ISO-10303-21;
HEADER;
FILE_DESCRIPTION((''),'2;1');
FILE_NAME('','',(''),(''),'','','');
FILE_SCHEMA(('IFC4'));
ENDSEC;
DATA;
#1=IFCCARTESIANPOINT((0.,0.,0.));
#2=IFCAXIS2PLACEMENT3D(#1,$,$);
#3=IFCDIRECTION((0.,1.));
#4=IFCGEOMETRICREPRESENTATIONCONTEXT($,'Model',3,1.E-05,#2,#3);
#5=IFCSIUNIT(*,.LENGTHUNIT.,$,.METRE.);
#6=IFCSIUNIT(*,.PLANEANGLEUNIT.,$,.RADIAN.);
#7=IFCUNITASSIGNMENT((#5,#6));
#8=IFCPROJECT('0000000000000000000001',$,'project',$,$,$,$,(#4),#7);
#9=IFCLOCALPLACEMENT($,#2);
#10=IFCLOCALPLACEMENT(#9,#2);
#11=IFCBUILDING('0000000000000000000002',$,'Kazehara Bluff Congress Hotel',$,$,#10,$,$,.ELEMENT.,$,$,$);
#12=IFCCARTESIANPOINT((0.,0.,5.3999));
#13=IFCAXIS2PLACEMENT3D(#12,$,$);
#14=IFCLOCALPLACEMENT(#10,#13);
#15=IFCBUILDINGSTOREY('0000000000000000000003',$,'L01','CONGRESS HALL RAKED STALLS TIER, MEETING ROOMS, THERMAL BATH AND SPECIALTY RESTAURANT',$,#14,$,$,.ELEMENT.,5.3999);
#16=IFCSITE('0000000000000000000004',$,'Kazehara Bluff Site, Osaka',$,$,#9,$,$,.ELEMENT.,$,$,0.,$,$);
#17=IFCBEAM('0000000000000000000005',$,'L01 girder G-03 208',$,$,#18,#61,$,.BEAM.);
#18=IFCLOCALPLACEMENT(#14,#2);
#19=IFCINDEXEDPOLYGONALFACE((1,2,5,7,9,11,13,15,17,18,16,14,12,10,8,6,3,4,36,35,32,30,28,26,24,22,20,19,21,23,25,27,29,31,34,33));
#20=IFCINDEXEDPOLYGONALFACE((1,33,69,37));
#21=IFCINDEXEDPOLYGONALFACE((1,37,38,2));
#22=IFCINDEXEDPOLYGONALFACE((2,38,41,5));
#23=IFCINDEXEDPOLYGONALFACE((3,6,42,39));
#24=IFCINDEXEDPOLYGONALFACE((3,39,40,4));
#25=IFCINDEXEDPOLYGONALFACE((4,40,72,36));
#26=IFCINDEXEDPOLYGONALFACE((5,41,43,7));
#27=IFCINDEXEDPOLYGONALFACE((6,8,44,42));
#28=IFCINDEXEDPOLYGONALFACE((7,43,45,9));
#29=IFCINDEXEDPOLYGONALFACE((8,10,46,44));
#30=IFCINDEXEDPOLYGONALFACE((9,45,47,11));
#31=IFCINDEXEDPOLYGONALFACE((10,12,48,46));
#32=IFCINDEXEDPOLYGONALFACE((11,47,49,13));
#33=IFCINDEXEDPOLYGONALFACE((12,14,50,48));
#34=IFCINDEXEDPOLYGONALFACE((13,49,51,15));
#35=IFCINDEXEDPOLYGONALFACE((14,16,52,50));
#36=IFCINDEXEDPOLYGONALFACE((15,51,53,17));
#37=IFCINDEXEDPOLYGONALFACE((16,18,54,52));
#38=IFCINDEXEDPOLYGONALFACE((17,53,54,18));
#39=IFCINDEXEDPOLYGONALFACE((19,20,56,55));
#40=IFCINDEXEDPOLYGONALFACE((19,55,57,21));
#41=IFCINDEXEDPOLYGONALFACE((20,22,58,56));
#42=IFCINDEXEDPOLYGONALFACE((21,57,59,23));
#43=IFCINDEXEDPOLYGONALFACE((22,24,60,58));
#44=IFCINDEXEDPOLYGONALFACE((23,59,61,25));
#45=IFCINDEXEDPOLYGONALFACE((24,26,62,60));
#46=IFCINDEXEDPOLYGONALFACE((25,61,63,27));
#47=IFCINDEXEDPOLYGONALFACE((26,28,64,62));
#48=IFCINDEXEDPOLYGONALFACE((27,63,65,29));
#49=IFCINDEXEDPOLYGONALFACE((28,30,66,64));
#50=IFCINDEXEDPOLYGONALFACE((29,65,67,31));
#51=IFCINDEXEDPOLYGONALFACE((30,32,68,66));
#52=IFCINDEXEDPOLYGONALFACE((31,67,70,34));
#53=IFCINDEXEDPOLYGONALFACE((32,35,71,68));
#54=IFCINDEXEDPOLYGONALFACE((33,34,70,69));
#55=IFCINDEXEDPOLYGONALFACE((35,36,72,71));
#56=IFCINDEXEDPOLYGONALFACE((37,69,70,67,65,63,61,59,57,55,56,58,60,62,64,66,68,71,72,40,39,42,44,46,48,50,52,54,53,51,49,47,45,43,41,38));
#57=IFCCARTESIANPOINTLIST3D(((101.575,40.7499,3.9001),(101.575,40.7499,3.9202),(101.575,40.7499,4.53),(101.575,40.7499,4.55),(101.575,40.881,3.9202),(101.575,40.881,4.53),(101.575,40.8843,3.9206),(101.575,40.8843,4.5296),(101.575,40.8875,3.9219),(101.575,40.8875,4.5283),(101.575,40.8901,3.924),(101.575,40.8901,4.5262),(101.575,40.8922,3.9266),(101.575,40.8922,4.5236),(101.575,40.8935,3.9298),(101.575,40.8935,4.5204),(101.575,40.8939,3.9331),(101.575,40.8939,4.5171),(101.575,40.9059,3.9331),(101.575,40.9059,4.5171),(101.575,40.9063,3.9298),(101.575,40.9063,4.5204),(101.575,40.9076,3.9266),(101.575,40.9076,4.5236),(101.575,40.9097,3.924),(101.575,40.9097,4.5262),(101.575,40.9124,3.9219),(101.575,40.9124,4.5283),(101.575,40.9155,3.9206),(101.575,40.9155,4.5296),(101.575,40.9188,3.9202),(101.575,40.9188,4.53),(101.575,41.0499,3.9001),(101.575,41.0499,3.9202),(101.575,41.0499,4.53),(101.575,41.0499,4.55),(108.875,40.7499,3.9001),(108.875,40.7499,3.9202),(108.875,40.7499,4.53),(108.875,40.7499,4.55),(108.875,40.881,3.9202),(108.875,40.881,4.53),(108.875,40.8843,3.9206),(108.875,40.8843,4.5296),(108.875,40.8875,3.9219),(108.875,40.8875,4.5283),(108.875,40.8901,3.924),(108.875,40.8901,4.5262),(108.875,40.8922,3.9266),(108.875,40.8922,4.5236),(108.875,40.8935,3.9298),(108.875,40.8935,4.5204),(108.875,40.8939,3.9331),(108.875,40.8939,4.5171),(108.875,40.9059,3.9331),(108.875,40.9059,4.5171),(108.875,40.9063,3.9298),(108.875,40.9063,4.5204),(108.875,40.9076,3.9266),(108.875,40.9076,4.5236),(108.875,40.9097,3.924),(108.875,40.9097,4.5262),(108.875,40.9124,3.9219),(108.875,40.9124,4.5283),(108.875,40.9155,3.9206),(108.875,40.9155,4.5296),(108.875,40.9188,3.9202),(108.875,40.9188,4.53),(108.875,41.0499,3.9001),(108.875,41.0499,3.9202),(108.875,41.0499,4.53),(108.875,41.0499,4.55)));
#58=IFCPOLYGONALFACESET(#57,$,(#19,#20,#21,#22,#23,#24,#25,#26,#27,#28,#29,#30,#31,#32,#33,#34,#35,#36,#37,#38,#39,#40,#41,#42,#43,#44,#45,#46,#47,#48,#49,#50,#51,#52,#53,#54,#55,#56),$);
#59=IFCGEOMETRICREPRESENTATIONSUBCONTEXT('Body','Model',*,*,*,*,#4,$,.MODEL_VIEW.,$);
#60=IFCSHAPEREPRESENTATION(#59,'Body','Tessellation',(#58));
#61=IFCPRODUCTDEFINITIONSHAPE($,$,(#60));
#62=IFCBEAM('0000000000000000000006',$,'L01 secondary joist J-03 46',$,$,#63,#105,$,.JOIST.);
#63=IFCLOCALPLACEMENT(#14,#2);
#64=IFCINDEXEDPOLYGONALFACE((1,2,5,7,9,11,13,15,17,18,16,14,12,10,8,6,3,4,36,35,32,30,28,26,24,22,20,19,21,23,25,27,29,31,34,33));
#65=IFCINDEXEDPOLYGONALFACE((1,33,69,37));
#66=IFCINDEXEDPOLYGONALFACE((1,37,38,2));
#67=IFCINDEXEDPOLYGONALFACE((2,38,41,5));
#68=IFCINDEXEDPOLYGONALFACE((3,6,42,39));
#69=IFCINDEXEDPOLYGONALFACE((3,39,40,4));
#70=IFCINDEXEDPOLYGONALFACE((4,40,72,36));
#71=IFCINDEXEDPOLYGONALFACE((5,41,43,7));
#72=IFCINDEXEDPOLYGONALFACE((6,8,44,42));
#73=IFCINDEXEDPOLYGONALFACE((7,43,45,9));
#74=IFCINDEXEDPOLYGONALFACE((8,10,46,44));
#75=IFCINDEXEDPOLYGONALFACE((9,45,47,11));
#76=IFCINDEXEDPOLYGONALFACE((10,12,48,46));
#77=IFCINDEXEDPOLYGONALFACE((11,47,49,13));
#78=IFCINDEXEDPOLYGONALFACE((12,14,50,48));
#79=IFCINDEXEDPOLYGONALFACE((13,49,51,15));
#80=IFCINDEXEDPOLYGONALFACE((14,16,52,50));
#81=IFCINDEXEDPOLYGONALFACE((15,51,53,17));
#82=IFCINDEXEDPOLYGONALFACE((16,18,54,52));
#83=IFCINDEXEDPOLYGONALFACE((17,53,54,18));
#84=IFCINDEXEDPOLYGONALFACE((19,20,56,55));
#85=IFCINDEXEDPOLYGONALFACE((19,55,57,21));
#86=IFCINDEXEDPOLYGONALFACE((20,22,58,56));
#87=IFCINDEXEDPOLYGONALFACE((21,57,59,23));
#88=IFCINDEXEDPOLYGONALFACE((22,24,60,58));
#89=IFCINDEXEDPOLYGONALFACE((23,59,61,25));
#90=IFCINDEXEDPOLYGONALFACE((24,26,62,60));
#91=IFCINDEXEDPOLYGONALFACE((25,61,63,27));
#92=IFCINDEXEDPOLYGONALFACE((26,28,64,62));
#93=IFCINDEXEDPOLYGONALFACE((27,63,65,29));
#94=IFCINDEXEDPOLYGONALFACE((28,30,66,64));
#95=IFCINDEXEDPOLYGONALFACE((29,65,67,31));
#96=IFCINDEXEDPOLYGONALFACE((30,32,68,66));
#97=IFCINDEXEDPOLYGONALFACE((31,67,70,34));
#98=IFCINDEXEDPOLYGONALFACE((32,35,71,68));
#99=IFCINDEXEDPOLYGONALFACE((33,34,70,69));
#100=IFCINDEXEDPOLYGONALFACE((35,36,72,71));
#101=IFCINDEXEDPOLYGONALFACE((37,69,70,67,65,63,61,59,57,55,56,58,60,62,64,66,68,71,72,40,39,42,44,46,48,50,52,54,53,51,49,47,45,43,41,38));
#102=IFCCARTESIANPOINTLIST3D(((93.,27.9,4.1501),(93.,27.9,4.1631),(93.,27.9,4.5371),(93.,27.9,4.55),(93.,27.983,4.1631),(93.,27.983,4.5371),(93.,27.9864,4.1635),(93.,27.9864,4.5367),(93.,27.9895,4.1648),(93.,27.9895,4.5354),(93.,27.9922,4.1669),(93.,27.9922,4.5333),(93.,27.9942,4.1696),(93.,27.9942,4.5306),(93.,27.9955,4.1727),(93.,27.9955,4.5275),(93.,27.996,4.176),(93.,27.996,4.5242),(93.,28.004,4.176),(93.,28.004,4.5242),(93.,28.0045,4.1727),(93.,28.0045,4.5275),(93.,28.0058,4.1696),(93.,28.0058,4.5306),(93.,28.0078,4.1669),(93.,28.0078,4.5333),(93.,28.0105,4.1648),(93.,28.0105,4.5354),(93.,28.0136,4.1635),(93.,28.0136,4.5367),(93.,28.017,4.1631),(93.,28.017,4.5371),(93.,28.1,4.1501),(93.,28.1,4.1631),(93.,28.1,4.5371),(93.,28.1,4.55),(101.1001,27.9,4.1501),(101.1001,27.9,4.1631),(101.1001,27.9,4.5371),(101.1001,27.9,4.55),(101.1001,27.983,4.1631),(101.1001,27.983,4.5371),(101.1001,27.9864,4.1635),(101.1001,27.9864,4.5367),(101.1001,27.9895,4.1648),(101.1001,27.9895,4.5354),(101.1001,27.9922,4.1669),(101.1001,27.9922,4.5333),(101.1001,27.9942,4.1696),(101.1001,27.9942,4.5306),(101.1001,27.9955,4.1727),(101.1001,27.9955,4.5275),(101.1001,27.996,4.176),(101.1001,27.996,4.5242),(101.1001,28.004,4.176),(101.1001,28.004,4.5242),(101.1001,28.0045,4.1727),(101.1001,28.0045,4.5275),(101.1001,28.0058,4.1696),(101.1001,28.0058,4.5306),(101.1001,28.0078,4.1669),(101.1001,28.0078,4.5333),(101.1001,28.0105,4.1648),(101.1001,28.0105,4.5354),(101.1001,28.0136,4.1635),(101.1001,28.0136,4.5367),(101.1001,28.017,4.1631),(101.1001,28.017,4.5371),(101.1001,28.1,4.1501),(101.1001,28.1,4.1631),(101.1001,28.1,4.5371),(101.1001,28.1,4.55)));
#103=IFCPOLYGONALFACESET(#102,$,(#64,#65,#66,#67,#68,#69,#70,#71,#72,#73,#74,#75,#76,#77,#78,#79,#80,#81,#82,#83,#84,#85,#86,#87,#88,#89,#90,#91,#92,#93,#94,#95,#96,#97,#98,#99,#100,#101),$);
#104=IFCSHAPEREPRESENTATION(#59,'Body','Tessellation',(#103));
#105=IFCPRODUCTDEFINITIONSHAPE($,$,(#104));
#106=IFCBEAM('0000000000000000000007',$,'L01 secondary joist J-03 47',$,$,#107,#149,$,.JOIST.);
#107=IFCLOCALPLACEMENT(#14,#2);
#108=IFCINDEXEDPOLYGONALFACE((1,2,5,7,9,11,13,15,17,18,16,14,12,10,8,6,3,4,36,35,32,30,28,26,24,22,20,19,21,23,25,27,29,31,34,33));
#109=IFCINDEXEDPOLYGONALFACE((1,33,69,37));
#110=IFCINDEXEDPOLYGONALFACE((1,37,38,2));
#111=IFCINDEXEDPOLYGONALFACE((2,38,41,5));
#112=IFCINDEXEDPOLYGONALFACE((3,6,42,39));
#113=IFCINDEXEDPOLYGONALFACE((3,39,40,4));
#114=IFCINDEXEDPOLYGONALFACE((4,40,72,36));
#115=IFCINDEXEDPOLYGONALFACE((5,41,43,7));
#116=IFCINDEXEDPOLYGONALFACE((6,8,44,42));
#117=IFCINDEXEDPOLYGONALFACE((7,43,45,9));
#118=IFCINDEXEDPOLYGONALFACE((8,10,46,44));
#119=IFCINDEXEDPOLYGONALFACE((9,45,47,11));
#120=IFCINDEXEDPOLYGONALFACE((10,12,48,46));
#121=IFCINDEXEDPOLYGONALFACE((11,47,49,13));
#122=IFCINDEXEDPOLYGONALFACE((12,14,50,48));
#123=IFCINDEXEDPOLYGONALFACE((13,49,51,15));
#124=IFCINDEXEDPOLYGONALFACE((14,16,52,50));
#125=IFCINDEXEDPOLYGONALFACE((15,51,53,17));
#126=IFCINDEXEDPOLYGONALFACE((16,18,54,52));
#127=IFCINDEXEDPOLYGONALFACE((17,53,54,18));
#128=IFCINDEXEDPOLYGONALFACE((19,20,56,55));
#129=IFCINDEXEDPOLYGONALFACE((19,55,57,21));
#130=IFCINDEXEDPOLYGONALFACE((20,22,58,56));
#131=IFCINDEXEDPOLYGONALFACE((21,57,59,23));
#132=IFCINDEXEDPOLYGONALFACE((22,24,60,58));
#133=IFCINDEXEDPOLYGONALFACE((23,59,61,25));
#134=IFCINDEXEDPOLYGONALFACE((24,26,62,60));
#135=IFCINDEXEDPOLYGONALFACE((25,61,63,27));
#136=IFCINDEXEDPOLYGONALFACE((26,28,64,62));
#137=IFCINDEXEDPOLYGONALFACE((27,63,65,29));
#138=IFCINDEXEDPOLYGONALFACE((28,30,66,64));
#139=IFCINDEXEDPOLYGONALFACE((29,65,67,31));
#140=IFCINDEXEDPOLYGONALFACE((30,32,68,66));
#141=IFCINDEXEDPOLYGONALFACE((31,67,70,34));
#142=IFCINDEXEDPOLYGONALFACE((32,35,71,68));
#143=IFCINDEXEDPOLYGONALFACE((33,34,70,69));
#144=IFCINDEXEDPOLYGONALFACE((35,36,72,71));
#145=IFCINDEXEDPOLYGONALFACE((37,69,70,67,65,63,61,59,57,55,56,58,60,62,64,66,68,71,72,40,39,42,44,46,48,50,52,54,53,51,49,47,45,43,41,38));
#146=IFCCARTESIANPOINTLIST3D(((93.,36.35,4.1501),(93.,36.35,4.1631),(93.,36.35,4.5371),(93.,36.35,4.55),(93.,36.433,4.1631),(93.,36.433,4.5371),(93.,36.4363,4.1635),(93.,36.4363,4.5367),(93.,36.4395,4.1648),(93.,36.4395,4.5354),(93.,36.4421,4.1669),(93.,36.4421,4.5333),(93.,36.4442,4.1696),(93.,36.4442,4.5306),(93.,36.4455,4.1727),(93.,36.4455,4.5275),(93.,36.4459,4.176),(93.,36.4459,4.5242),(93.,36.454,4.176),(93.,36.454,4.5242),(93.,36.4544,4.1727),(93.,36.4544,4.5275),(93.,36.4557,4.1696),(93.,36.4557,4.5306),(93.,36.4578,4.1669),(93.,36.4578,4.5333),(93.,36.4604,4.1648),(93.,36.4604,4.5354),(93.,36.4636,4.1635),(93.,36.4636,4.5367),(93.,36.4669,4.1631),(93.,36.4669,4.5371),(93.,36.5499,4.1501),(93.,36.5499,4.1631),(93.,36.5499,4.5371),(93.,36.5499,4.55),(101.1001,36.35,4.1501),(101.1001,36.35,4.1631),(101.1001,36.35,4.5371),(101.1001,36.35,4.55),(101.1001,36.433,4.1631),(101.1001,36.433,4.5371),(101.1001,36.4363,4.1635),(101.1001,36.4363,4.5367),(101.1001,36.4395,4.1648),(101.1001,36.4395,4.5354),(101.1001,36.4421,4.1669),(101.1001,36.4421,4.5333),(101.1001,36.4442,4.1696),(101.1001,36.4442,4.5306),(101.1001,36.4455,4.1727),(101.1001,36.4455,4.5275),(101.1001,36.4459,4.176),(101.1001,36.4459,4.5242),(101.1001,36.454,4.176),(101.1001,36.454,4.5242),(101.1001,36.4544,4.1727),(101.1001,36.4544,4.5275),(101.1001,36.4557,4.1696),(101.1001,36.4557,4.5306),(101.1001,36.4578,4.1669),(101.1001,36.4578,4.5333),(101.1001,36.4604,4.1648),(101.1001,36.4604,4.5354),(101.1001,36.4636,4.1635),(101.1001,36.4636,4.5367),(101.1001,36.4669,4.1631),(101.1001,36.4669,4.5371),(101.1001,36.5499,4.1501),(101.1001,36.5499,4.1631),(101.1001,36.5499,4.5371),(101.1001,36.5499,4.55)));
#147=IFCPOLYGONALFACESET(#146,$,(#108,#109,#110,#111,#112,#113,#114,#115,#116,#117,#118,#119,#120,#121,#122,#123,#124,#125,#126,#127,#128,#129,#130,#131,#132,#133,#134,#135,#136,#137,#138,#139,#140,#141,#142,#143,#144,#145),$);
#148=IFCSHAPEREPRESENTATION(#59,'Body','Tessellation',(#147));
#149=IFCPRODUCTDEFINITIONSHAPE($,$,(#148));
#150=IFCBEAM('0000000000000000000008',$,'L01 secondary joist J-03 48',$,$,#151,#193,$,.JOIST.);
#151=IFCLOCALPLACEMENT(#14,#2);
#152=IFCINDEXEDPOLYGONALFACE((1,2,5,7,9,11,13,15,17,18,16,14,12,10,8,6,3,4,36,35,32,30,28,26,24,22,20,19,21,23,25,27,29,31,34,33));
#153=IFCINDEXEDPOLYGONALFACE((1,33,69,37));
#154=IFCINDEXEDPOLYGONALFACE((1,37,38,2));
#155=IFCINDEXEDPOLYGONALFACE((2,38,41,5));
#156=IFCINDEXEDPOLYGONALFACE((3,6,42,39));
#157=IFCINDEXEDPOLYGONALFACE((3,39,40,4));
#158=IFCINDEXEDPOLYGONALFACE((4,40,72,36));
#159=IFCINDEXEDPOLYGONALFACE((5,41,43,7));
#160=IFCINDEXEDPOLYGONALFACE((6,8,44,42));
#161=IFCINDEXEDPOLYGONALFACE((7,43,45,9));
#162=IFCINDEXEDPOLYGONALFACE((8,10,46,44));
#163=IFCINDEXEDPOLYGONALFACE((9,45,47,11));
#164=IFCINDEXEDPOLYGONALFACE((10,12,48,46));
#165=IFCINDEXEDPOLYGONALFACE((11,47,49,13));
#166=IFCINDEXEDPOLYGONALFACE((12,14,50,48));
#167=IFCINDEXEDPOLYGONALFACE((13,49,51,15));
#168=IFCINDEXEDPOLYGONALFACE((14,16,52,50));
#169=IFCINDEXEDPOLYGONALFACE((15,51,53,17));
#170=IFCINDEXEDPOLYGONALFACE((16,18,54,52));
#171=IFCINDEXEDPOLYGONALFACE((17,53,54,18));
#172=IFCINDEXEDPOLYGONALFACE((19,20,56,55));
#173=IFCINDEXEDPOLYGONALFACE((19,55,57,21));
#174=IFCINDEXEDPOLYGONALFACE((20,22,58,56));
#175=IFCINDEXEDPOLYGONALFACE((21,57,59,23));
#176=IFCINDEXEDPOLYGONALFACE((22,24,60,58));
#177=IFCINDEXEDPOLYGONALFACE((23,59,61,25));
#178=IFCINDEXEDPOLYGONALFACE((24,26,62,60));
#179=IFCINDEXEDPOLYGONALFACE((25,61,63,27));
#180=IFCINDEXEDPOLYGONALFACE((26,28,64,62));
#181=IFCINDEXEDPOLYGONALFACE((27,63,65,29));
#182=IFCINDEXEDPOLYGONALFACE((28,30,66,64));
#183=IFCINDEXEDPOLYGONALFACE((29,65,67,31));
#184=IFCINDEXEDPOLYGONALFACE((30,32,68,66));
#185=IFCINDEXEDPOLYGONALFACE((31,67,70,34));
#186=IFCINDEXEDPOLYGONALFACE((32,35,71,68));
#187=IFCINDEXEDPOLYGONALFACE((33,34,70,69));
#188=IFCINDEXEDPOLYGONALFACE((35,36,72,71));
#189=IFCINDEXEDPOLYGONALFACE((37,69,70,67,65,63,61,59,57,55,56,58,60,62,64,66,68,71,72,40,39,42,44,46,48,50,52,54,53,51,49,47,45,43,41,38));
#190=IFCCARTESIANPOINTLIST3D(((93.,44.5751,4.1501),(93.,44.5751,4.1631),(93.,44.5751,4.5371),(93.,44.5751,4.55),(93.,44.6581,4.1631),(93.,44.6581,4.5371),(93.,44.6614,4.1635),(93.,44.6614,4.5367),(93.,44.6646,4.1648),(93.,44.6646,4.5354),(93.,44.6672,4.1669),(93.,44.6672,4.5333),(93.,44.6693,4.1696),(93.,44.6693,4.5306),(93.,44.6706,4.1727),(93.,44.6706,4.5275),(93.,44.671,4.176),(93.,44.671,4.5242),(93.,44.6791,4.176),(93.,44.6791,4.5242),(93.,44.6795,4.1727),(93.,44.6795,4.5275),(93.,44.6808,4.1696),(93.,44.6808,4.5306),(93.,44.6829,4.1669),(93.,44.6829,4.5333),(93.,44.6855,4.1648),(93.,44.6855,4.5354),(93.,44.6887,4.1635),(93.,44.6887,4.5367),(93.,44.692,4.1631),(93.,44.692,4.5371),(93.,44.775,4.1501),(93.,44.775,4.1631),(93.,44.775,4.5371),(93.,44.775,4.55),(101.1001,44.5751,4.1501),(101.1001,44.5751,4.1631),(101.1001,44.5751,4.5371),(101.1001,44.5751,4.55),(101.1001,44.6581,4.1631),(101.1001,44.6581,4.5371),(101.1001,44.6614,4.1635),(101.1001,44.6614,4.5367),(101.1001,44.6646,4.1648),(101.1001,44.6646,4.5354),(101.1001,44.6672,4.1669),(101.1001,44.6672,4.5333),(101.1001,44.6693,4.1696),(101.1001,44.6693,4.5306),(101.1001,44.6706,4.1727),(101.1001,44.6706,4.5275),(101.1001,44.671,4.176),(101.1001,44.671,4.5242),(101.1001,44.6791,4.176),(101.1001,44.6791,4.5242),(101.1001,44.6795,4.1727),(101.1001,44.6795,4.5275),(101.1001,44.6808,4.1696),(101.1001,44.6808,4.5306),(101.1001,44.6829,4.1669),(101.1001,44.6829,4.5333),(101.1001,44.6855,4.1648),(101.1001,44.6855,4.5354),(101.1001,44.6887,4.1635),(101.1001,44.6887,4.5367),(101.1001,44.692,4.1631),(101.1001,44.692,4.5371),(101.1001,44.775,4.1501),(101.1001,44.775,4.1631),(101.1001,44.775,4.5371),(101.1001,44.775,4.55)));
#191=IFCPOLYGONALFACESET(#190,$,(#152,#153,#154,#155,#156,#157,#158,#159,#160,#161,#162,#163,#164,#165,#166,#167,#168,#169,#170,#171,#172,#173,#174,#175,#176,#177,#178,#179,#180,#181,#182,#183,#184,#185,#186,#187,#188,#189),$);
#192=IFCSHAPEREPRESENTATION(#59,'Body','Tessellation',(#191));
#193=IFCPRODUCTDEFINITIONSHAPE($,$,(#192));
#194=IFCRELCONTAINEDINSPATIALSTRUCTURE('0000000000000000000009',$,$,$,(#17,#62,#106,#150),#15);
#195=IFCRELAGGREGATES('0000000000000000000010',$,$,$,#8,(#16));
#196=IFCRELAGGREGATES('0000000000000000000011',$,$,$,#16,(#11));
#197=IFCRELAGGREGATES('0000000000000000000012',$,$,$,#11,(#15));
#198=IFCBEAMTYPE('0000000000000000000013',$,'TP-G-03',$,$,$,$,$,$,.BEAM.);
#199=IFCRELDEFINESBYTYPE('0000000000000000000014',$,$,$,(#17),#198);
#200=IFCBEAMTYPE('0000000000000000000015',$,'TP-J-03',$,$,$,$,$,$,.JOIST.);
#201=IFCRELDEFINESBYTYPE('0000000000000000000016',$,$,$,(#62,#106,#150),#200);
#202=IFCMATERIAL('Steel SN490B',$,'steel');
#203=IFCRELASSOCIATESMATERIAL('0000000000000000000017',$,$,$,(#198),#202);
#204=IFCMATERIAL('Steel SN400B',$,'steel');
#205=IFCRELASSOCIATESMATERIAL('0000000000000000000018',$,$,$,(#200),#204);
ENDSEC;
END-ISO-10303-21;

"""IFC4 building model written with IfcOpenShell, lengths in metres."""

from ifc_helpers import new_model, si_unit, direction, frame, origin, origin_2d, place, context, subcontext, project, spatial, i_section, extrude, material, material_profile, profile_set, type_object, element, save


model = new_model("IFC4")

# Units and contexts
model_context = context("Model", 3, precision=1e-05, world=origin(), true_north=direction((0.0, 1.0)))
body_context = subcontext(model_context, "Body", "Model", "MODEL_VIEW")
ifc_project = project(units=[si_unit("LENGTHUNIT", "METRE"), si_unit("PLANEANGLEUNIT", "RADIAN")], contexts=[model_context])

# Site, building, storey
site_placement = place(None, origin())
site = spatial("IfcSite", under=ifc_project, at=site_placement, Name="Kazehara Bluff Site, Osaka", CompositionType="ELEMENT", RefElevation=0.0)
building_placement = place(site_placement, origin())
building = spatial("IfcBuilding", under=site, at=building_placement, Name="Kazehara Bluff Congress Hotel", CompositionType="ELEMENT")
storey_placement = place(building_placement, frame((0.0, 0.0, 5.3999)))
storey = spatial("IfcBuildingStorey", under=building, at=storey_placement, Name="L01", Description="CONGRESS HALL RAKED STALLS TIER, MEETING ROOMS, THERMAL BATH AND SPECIALTY RESTAURANT", CompositionType="ELEMENT", Elevation=5.3999)

# Beams
ifc_material_1 = material(Name="Steel SN490B", Category="steel")
ifc_material_profile_1 = material_profile(ifc_material_1, i_section(OverallWidth=0.3, OverallDepth=0.6499, WebThickness=0.012, FlangeThickness=0.02, FilletRadius=0.0129, at=origin_2d()))
ifc_profile_set_1 = profile_set([ifc_material_profile_1], Name="Steel SN490B")
beam_type_1 = type_object("IfcBeamType", Name="TP-G-03", PredefinedType="BEAM", material=ifc_profile_set_1)
beam_1_placement = place(storey_placement, frame((101.575, 40.8999, 4.2251), z_axis=(1.0, 0.0, 0.0), x_axis=(0.0, 1.0, 0.0)))
element("IfcBeam", 1, at=beam_1_placement, inside=storey, type_object=beam_type_1, Name="L01 girder G-03 208", PredefinedType="BEAM", context=body_context, shape_type="SweptSolid", body=[
    extrude(i_section(OverallWidth=0.3, OverallDepth=0.6499, WebThickness=0.012, FlangeThickness=0.02, FilletRadius=0.0129, at=origin_2d()), origin(), (0.0, 0.0, 1.0), 7.3),
])
ifc_material_2 = material(Name="Steel SN400B", Category="steel")
ifc_material_profile_2 = material_profile(ifc_material_2, i_section(OverallWidth=0.2, OverallDepth=0.3999, WebThickness=0.0081, FlangeThickness=0.0129, FilletRadius=0.0129, at=origin_2d()))
ifc_profile_set_2 = profile_set([ifc_material_profile_2], Name="Steel SN400B")
beam_type_2 = type_object("IfcBeamType", Name="TP-J-03", PredefinedType="JOIST", material=ifc_profile_set_2)
for number, where, z_axis, x_axis, name in (
    (2, (93.0, 28.0, 4.3501), (1.0, 0.0, 0.0), (0.0, 1.0, 0.0), "L01 secondary joist J-03 46"),
    (3, (93.0, 36.45, 4.3501), (1.0, 0.0, 0.0), (0.0, 1.0, 0.0), "L01 secondary joist J-03 47"),
    (4, (93.0, 44.675, 4.3501), (1.0, 0.0, 0.0), (0.0, 1.0, 0.0), "L01 secondary joist J-03 48"),
):
    element("IfcBeam", number, at=place(storey_placement, frame(where, z_axis=z_axis, x_axis=x_axis)), inside=storey, type_object=beam_type_2, Name=name, PredefinedType="JOIST", context=body_context, shape_type="SweptSolid", body=[
        extrude(i_section(OverallWidth=0.2, OverallDepth=0.3999, WebThickness=0.0081, FlangeThickness=0.0129, FilletRadius=0.0129, at=origin_2d()), origin(), (0.0, 0.0, 1.0), 8.1001),
    ])

save(model, "model.ifc")
